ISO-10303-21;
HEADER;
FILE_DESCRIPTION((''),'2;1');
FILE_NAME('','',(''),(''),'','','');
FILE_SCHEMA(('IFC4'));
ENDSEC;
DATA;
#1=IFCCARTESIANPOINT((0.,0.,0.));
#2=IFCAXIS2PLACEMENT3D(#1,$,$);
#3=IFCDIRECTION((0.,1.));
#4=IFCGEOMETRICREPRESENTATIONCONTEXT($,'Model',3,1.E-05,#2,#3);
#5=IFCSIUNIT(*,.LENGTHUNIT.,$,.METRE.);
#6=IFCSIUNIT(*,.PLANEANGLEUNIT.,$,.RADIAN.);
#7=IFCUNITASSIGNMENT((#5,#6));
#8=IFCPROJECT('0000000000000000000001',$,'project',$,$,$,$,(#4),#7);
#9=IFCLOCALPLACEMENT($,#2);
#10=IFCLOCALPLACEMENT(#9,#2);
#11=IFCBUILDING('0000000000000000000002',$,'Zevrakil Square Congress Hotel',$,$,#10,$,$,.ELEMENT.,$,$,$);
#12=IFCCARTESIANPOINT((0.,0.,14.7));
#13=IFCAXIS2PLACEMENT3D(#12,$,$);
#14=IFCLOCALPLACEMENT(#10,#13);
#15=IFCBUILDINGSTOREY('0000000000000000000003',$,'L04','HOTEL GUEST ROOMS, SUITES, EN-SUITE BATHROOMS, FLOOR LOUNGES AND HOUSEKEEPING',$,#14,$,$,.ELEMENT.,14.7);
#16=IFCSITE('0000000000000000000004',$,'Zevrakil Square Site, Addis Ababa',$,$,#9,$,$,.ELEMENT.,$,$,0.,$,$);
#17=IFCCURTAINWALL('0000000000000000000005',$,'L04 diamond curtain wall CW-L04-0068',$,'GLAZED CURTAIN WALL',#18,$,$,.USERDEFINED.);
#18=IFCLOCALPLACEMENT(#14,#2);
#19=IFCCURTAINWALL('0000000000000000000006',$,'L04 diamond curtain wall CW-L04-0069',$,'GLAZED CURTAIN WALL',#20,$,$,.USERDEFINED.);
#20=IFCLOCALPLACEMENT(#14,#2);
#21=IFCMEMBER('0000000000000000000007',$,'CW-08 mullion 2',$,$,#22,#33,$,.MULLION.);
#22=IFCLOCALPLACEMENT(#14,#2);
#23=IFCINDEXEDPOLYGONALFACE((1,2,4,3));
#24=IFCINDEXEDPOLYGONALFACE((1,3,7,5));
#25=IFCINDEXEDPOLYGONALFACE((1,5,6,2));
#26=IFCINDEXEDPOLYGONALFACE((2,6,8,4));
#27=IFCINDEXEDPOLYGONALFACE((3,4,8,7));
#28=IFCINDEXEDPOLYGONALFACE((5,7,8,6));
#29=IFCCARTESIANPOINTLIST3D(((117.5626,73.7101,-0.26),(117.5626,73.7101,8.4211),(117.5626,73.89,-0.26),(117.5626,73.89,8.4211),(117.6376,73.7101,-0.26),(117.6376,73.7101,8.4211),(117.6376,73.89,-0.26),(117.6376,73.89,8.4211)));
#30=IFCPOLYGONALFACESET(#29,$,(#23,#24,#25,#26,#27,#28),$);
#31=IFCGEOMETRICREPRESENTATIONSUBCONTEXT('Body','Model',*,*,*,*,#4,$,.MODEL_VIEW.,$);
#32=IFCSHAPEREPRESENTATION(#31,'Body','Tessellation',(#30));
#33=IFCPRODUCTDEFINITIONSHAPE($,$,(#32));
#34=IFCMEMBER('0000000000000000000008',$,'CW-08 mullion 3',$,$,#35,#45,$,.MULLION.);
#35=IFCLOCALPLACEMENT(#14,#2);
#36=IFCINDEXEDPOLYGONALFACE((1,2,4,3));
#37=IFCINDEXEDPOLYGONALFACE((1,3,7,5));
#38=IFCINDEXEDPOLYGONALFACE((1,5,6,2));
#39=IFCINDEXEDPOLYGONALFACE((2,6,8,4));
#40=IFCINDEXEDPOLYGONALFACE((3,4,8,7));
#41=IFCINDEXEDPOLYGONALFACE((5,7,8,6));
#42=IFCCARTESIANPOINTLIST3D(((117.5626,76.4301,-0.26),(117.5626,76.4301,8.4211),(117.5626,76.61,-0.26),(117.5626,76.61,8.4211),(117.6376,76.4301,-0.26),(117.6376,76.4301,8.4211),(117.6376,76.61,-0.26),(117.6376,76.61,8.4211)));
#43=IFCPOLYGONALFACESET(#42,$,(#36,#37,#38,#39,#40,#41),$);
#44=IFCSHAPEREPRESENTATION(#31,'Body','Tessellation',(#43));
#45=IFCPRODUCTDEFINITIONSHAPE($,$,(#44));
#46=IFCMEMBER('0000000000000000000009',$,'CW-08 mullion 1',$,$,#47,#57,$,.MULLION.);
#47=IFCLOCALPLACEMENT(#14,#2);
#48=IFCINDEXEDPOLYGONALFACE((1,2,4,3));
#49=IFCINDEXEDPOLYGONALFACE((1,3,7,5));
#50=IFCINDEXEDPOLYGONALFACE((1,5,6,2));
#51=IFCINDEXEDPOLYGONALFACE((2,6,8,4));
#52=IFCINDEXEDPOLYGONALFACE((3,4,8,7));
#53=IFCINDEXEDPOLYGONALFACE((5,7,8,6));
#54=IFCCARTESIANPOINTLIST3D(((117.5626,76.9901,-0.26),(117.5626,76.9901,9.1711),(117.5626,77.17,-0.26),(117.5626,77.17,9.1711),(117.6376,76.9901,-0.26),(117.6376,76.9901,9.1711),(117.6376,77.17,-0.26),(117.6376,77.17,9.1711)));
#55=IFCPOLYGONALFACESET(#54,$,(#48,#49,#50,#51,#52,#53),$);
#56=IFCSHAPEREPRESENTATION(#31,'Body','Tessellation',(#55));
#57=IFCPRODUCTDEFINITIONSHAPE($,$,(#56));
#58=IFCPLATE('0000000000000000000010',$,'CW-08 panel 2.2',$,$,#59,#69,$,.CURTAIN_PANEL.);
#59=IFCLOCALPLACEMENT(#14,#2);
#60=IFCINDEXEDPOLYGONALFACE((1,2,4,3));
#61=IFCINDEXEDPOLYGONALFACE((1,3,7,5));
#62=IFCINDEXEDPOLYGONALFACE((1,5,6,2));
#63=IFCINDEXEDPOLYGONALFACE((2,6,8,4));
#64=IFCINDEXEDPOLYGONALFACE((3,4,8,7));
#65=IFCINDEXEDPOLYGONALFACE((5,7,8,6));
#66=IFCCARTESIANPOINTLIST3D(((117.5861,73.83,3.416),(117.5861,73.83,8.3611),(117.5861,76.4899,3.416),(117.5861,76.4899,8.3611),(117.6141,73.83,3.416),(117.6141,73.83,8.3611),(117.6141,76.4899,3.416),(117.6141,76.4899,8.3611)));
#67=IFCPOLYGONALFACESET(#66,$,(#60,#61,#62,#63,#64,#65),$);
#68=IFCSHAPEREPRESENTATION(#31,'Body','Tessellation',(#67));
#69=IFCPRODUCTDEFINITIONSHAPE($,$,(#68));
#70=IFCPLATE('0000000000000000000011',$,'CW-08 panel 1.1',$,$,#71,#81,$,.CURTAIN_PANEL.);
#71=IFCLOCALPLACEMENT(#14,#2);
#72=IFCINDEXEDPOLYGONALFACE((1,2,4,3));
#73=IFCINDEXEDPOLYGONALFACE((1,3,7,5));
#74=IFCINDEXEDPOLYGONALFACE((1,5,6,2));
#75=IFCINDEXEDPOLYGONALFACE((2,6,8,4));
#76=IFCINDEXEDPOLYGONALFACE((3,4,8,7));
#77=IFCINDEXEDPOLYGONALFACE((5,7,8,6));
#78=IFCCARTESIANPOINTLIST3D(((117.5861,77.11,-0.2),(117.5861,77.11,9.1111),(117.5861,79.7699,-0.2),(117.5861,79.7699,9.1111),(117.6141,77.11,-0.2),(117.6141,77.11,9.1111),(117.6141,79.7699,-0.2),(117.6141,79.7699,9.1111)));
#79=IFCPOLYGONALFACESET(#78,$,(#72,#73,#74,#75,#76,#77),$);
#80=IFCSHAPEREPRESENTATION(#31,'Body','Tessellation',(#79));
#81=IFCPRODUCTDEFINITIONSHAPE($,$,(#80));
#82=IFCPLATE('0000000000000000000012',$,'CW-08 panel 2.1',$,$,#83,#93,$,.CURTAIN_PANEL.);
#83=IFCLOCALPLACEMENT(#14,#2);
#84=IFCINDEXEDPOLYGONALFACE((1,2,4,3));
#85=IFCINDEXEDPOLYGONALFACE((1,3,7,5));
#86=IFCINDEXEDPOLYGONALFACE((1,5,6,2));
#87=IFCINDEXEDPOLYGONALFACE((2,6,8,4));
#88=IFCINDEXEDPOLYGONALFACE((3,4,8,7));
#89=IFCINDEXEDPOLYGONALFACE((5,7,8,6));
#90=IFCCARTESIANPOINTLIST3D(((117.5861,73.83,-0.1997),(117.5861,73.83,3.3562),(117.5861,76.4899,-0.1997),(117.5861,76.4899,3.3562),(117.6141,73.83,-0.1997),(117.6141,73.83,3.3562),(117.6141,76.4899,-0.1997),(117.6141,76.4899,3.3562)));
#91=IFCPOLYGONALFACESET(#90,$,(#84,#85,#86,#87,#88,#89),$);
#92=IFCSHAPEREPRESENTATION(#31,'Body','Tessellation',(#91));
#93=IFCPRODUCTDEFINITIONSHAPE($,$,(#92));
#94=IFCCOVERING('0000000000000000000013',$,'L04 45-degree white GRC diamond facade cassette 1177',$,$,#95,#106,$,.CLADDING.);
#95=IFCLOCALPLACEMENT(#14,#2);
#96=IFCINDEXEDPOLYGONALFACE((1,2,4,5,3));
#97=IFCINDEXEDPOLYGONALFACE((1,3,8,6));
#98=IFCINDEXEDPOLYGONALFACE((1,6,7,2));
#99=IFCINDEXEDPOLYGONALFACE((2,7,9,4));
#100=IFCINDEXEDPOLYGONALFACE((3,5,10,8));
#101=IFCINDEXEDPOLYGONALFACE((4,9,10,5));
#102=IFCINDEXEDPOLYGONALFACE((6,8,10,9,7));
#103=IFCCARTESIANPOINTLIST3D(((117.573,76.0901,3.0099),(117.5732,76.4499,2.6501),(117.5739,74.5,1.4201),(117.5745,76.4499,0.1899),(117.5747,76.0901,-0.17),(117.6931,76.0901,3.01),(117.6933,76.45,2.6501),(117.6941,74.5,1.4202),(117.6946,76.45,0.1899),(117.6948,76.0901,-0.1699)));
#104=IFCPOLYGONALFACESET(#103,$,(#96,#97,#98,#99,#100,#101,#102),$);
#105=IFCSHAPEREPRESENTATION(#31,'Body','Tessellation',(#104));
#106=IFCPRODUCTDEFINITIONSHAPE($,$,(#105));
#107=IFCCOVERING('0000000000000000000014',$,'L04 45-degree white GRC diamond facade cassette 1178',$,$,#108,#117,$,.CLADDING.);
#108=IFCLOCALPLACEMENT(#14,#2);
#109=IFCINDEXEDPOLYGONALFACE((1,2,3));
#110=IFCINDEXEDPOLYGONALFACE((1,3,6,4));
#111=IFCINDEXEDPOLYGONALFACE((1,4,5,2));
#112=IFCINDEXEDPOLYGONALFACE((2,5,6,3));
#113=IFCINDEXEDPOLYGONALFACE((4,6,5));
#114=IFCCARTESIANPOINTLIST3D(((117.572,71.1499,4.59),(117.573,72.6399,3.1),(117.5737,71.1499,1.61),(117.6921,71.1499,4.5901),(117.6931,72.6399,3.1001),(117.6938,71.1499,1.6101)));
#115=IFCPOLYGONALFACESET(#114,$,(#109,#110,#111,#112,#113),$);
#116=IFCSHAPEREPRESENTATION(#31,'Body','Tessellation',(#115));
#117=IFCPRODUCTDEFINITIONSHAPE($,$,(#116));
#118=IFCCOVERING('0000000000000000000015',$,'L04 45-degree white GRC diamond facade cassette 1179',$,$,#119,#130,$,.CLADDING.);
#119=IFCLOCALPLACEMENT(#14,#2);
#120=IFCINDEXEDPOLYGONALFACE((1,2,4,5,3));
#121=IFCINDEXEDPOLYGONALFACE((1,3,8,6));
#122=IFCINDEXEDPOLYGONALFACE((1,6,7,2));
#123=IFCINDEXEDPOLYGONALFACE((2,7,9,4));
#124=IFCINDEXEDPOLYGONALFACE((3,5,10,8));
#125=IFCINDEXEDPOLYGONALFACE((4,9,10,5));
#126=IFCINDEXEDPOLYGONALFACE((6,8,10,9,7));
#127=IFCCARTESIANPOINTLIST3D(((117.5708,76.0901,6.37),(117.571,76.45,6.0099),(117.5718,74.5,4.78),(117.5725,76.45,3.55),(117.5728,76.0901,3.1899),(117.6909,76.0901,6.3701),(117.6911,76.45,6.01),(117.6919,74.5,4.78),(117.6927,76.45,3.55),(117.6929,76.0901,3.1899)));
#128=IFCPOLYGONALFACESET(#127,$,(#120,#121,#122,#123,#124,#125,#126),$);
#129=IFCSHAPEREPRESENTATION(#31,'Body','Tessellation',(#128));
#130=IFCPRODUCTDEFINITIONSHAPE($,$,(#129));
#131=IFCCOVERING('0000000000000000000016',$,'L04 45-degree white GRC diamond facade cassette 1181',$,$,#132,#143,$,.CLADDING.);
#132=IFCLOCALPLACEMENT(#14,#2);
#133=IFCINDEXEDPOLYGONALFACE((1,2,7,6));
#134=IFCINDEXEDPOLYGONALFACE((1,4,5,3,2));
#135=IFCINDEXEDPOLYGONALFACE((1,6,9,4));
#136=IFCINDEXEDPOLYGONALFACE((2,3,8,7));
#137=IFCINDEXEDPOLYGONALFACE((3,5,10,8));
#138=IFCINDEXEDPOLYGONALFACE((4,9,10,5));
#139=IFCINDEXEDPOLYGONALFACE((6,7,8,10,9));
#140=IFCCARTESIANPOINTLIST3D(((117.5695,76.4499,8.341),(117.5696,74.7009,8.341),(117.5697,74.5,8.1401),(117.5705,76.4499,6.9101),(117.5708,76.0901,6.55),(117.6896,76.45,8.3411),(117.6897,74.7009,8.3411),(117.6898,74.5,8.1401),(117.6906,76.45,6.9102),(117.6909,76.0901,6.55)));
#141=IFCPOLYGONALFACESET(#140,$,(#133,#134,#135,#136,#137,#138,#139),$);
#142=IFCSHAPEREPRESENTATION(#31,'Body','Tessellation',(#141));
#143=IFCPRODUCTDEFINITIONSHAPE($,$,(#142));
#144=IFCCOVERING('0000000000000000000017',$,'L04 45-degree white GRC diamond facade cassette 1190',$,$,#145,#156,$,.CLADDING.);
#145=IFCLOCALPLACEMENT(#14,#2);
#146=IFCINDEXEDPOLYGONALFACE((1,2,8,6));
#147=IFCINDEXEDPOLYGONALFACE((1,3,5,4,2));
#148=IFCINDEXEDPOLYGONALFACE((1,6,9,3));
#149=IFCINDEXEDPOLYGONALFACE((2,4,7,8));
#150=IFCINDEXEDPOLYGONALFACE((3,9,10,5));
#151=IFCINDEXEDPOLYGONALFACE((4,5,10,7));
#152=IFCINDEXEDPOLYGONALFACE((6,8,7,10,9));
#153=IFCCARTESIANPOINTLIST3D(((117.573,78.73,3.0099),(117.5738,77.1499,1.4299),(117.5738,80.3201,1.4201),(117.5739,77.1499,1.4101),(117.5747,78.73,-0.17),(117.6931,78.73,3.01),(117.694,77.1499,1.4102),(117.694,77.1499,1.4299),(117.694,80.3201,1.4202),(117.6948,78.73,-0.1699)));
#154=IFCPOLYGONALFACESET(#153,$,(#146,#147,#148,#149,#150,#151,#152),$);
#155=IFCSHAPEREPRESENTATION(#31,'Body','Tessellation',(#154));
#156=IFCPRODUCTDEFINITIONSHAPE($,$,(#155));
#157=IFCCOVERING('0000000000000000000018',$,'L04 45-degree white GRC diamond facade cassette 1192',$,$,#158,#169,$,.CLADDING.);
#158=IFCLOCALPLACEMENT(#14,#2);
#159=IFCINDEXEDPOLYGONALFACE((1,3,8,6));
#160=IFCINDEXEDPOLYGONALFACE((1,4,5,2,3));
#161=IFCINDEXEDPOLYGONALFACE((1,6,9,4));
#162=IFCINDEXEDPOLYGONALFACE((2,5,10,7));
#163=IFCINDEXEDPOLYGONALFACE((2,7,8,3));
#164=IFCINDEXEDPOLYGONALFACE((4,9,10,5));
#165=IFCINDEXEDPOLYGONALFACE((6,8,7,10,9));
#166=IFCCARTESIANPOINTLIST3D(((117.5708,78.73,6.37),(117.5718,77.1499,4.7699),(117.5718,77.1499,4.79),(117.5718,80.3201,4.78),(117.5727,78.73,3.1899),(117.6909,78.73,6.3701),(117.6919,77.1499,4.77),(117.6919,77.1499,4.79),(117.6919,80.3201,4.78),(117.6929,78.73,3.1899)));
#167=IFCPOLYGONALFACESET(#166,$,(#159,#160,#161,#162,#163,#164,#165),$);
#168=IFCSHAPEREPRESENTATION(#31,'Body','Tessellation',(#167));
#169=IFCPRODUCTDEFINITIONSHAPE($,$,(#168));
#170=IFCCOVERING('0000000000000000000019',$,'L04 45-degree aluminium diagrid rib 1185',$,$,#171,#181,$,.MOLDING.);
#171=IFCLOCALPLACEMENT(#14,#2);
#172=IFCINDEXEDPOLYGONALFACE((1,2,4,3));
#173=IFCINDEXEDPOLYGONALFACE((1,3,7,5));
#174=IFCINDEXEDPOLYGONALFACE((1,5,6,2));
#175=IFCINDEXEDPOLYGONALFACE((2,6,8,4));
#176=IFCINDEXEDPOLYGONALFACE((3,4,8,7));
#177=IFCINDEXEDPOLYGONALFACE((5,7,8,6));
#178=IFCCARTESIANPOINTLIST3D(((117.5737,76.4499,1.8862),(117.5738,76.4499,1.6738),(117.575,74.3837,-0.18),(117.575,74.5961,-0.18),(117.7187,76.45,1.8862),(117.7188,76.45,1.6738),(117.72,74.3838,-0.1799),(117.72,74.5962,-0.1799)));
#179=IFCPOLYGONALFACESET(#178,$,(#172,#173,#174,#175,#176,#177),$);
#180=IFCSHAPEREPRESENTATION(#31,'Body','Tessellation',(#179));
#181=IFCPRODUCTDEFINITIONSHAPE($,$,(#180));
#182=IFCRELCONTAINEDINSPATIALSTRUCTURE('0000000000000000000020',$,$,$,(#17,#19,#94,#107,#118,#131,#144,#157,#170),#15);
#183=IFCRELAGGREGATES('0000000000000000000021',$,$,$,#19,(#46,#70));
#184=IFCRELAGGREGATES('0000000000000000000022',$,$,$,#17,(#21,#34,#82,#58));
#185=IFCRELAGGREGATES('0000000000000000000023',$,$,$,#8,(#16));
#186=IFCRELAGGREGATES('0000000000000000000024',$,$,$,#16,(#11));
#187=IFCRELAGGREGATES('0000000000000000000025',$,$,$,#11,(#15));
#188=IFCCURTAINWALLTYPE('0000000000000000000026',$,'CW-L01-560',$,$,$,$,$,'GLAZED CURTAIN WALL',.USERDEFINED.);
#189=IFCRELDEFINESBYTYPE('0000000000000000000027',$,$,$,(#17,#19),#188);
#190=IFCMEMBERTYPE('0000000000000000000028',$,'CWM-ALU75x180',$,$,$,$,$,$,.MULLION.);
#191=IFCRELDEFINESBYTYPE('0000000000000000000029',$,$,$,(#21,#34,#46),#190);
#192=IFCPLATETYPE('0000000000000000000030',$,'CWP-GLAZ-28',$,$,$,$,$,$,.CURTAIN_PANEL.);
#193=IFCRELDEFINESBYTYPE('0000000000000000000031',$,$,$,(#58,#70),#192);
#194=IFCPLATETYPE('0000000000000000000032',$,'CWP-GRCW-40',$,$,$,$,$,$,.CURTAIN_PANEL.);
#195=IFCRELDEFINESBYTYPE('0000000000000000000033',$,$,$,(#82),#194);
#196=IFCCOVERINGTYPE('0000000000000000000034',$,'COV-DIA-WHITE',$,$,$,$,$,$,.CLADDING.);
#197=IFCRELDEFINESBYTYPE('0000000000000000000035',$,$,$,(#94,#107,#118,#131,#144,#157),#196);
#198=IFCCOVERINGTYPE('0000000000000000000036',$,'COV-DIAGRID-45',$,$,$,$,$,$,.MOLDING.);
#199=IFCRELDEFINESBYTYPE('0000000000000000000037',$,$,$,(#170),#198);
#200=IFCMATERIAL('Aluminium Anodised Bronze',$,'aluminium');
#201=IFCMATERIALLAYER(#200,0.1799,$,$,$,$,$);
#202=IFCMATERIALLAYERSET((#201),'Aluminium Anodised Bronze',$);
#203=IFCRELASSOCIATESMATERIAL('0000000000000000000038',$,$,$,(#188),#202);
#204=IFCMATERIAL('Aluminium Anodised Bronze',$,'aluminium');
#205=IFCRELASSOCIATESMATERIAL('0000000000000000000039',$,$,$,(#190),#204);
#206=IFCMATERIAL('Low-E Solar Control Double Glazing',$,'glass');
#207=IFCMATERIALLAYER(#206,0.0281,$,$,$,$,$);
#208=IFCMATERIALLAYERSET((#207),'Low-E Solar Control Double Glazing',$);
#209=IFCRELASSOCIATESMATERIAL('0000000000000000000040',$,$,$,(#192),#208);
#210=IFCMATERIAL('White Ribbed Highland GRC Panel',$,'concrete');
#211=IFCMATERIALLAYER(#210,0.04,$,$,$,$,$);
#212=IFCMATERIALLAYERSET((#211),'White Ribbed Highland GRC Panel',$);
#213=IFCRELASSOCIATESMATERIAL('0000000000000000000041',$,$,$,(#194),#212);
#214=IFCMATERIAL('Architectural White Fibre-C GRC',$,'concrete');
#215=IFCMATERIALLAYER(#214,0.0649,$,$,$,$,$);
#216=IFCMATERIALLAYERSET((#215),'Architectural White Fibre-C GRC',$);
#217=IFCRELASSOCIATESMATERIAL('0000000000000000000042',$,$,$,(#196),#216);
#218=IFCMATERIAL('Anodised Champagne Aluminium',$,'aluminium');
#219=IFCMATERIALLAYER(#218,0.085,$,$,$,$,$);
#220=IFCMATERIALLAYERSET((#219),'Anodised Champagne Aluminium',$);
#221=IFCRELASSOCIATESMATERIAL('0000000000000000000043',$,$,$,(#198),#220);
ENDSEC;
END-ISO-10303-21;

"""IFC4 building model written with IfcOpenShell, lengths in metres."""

from ifc_helpers import new_model, si_unit, direction, frame, origin, origin_2d, place, context, subcontext, project, spatial, polyline, rectangle, outline, extrude, material, layer, layer_set, material_profile, profile_set, type_object, element, aggregate, save


model = new_model("IFC4")

# Units and contexts
model_context = context("Model", 3, precision=1e-05, world=origin(), true_north=direction((0.0, 1.0)))
body_context = subcontext(model_context, "Body", "Model", "MODEL_VIEW")
ifc_project = project(units=[si_unit("LENGTHUNIT", "METRE"), si_unit("PLANEANGLEUNIT", "RADIAN")], contexts=[model_context])

# Site, building, storey
site_placement = place(None, origin())
site = spatial("IfcSite", under=ifc_project, at=site_placement, Name="Zevrakil Square Site, Addis Ababa", CompositionType="ELEMENT", RefElevation=0.0)
building_placement = place(site_placement, origin())
building = spatial("IfcBuilding", under=site, at=building_placement, Name="Zevrakil Square Congress Hotel", CompositionType="ELEMENT")
storey_placement = place(building_placement, frame((0.0, 0.0, 14.7)))
storey = spatial("IfcBuildingStorey", under=building, at=storey_placement, Name="L04", Description="HOTEL GUEST ROOMS, SUITES, EN-SUITE BATHROOMS, FLOOR LOUNGES AND HOUSEKEEPING", CompositionType="ELEMENT", Elevation=14.7)

# Curtain walls
ifc_material_1 = material(Name="Aluminium Anodised Bronze", Category="aluminium")
ifc_layer_1 = layer(ifc_material_1, 0.1799)
ifc_layer_set_1 = layer_set([ifc_layer_1], Name="Aluminium Anodised Bronze")
curtain_wall_type = type_object("IfcCurtainWallType", Name="CW-L01-560", ElementType="GLAZED CURTAIN WALL", PredefinedType="USERDEFINED", material=ifc_layer_set_1)
curtain_wall_1_placement = place(storey_placement, origin())
curtain_wall_1 = element("IfcCurtainWall", 1, at=curtain_wall_1_placement, inside=storey, type_object=curtain_wall_type, Name="L04 diamond curtain wall CW-L04-0068", ObjectType="GLAZED CURTAIN WALL", PredefinedType="USERDEFINED")
curtain_wall_2_placement = place(storey_placement, origin())
curtain_wall_2 = element("IfcCurtainWall", 2, at=curtain_wall_2_placement, inside=storey, type_object=curtain_wall_type, Name="L04 diamond curtain wall CW-L04-0069", ObjectType="GLAZED CURTAIN WALL", PredefinedType="USERDEFINED")

# Members
ifc_material_2 = material(Name="Aluminium Anodised Bronze", Category="aluminium")
ifc_material_profile_1 = material_profile(ifc_material_2, rectangle(XDim=0.075, YDim=0.1799, at=origin_2d()), Name="ALU 75x180")
ifc_profile_set_1 = profile_set([ifc_material_profile_1], Name="Aluminium Anodised Bronze")
member_type_1 = type_object("IfcMemberType", Name="CWM-ALU75x180", PredefinedType="MULLION", material=ifc_profile_set_1)
member_1_placement = place(storey_placement, frame((117.6001, 73.8, -0.26), z_axis=(0.0, 0.0, 1.0), x_axis=(-1.0, 0.0, 0.0)))
member_1 = element("IfcMember", 3, at=member_1_placement, type_object=member_type_1, Name="CW-08 mullion 2", PredefinedType="MULLION", context=body_context, shape_type="SweptSolid", body=[
    extrude(rectangle(XDim=0.075, YDim=0.1799, at=origin_2d()), origin(), (0.0, 0.0, 1.0), 8.6812),
])
member_2_placement = place(storey_placement, frame((117.6001, 76.52, -0.26), z_axis=(0.0, 0.0, 1.0), x_axis=(-1.0, 0.0, 0.0)))
member_2 = element("IfcMember", 4, at=member_2_placement, type_object=member_type_1, Name="CW-08 mullion 3", PredefinedType="MULLION", context=body_context, shape_type="SweptSolid", body=[
    extrude(rectangle(XDim=0.075, YDim=0.1799, at=origin_2d()), origin(), (0.0, 0.0, 1.0), 8.6812),
])
member_3_placement = place(storey_placement, frame((117.6001, 77.0801, -0.26), z_axis=(0.0, 0.0, 1.0), x_axis=(-1.0, 0.0, 0.0)))
member_3 = element("IfcMember", 5, at=member_3_placement, type_object=member_type_1, Name="CW-08 mullion 1", PredefinedType="MULLION", context=body_context, shape_type="SweptSolid", body=[
    extrude(rectangle(XDim=0.075, YDim=0.1799, at=origin_2d()), origin(), (0.0, 0.0, 1.0), 9.4312),
])

# Plates
ifc_material_3 = material(Name="Low-E Solar Control Double Glazing", Category="glass")
ifc_layer_2 = layer(ifc_material_3, 0.0281)
ifc_layer_set_2 = layer_set([ifc_layer_2], Name="Low-E Solar Control Double Glazing")
plate_type_1 = type_object("IfcPlateType", Name="CWP-GLAZ-28", PredefinedType="CURTAIN_PANEL", material=ifc_layer_set_2)
plate_1_placement = place(storey_placement, frame((117.6001, 75.1599, 3.416), z_axis=(0.0, 0.0, 1.0), x_axis=(0.0, 1.0, 0.0)))
plate_1 = element("IfcPlate", 6, at=plate_1_placement, type_object=plate_type_1, Name="CW-08 panel 2.2", PredefinedType="CURTAIN_PANEL", context=body_context, shape_type="SweptSolid", body=[
    extrude(rectangle(XDim=2.6599, YDim=0.0281, at=origin_2d()), origin(), (0.0, 0.0, 1.0), 4.9451),
])
plate_2_placement = place(storey_placement, frame((117.6001, 78.4399, -0.2), z_axis=(0.0, 0.0, 1.0), x_axis=(0.0, 1.0, 0.0)))
plate_2 = element("IfcPlate", 7, at=plate_2_placement, type_object=plate_type_1, Name="CW-08 panel 1.1", PredefinedType="CURTAIN_PANEL", context=body_context, shape_type="SweptSolid", body=[
    extrude(rectangle(XDim=2.6599, YDim=0.0281, at=origin_2d()), origin(), (0.0, 0.0, 1.0), 9.311),
])
aggregate(curtain_wall_2, [member_3, plate_2])
ifc_material_4 = material(Name="White Ribbed Highland GRC Panel", Category="concrete")
ifc_layer_3 = layer(ifc_material_4, 0.04)
ifc_layer_set_3 = layer_set([ifc_layer_3], Name="White Ribbed Highland GRC Panel")
plate_type_2 = type_object("IfcPlateType", Name="CWP-GRCW-40", PredefinedType="CURTAIN_PANEL", material=ifc_layer_set_3)
plate_3_placement = place(storey_placement, frame((117.6001, 75.1599, -0.1997), z_axis=(0.0, 0.0, 1.0), x_axis=(0.0, 1.0, 0.0)))
plate_3 = element("IfcPlate", 8, at=plate_3_placement, type_object=plate_type_2, Name="CW-08 panel 2.1", PredefinedType="CURTAIN_PANEL", context=body_context, shape_type="SweptSolid", body=[
    extrude(rectangle(XDim=2.6599, YDim=0.0281, at=origin_2d()), origin(), (0.0, 0.0, 1.0), 3.5559),
])
aggregate(curtain_wall_1, [member_1, member_2, plate_3, plate_1])

# Coverings
ifc_material_5 = material(Name="Architectural White Fibre-C GRC", Category="concrete")
ifc_layer_4 = layer(ifc_material_5, 0.0649)
ifc_layer_set_4 = layer_set([ifc_layer_4], Name="Architectural White Fibre-C GRC")
covering_type_1 = type_object("IfcCoveringType", Name="COV-DIA-WHITE", PredefinedType="CLADDING", material=ifc_layer_set_4)
covering_1_placement = place(storey_placement, frame((117.6948, 76.0901, -0.1699), z_axis=(1.0, 0.000055, 0.000532), x_axis=(-0.000338, -0.707107, 0.707107)))
element("IfcCovering", 9, at=covering_1_placement, inside=storey, type_object=covering_type_1, Name="L04 45-degree white GRC diamond facade cassette 1177", PredefinedType="CLADDING", context=body_context, shape_type="SweptSolid", body=[
    extrude(outline(polyline([(0.0, 0.0), (2.2487, 0.0), (2.2486, -2.2486), (1.7396, -2.2486), (0.0, -0.5089), (0.0, 0.0)])), origin(), (0.0, 0.0, -1.0), 0.1201),
])
covering_2_placement = place(storey_placement, frame((117.6931, 72.6399, 3.1001), z_axis=(1.0, -0.000082, 0.000573), x_axis=(0.000348, -0.707107, -0.707107)))
element("IfcCovering", 10, at=covering_2_placement, inside=storey, type_object=covering_type_1, Name="L04 45-degree white GRC diamond facade cassette 1178", PredefinedType="CLADDING", context=body_context, shape_type="SweptSolid", body=[
    extrude(outline(polyline([(0.0, 0.0), (2.1072, 0.0), (0.0, -2.1072), (0.0, 0.0)])), origin(), (0.0, 0.0, -1.0), 0.1201),
])
covering_3_placement = place(storey_placement, frame((117.6929, 76.0901, 3.1899), z_axis=(1.0, 0.0, 0.000612), x_axis=(-0.000433, -0.707107, 0.707107)))
element("IfcCovering", 11, at=covering_3_placement, inside=storey, type_object=covering_type_1, Name="L04 45-degree white GRC diamond facade cassette 1179", PredefinedType="CLADDING", context=body_context, shape_type="SweptSolid", body=[
    extrude(outline(polyline([(0.0, 0.0), (2.2487, 0.0), (2.2487, -2.2487), (1.7396, -2.2486), (0.0002, -0.5091), (0.0, 0.0)])), origin(), (0.0, 0.0, -1.0), 0.1201),
])
covering_4_placement = place(storey_placement, frame((117.6909, 76.0901, 6.55), z_axis=(1.0, 0.000044, 0.000716), x_axis=(-0.000475, -0.707107, 0.707107)))
element("IfcCovering", 12, at=covering_4_placement, inside=storey, type_object=covering_type_1, Name="L04 45-degree white GRC diamond facade cassette 1181", PredefinedType="CLADDING", context=body_context, shape_type="SweptSolid", body=[
    extrude(outline(polyline([(0.0, 0.0), (2.2487, 0.0), (2.2487, -0.2842), (1.012, -1.5209), (0.0002, -0.5091), (0.0, 0.0)])), origin(), (0.0, 0.0, -1.0), 0.1201),
])
covering_5_placement = place(storey_placement, frame((117.6931, 78.73, 3.01), z_axis=(1.0, 0.0, 0.000536), x_axis=(0.000379, 0.707161, -0.707052)))
element("IfcCovering", 13, at=covering_5_placement, inside=storey, type_object=covering_type_1, Name="L04 45-degree white GRC diamond facade cassette 1190", PredefinedType="CLADDING", context=body_context, shape_type="SweptSolid", body=[
    extrude(outline(polyline([(0.0, 0.0), (2.2486, 0.0), (2.2484, -2.2487), (0.0138, -2.2486), (-0.0002, -2.2346), (0.0, 0.0)])), origin(), (0.0, 0.0, -1.0), 0.1201),
])
covering_6_placement = place(storey_placement, frame((117.6909, 78.73, 6.3701), z_axis=(1.0, 0.0, 0.000612), x_axis=(0.000433, 0.707107, -0.707107)))
element("IfcCovering", 14, at=covering_6_placement, inside=storey, type_object=covering_type_1, Name="L04 45-degree white GRC diamond facade cassette 1192", PredefinedType="CLADDING", context=body_context, shape_type="SweptSolid", body=[
    extrude(outline(polyline([(0.0, 0.0), (2.2487, 0.0), (2.2487, -2.2487), (0.0142, -2.2487), (0.0, -2.2346), (0.0, 0.0)])), origin(), (0.0, 0.0, -1.0), 0.1201),
])
ifc_material_6 = material(Name="Anodised Champagne Aluminium", Category="aluminium")
ifc_layer_5 = layer(ifc_material_6, 0.085)
ifc_layer_set_5 = layer_set([ifc_layer_5], Name="Anodised Champagne Aluminium")
covering_type_2 = type_object("IfcCoveringType", Name="COV-DIAGRID-45", PredefinedType="MOLDING", material=ifc_layer_set_5)
covering_7_placement = place(storey_placement, frame((117.72, 74.5962, -0.1799), z_axis=(1.0, 0.000311, 0.000311), x_axis=(0.000311, -1.0, 0.0)))
element("IfcCovering", 15, at=covering_7_placement, inside=storey, type_object=covering_type_2, Name="L04 45-degree aluminium diagrid rib 1185", PredefinedType="MOLDING", context=body_context, shape_type="SweptSolid", body=[
    extrude(outline(polyline([(0.0, 0.0), (0.2124, 0.0), (-1.8538, -2.0662), (-1.8538, -1.8538), (0.0, 0.0)])), origin(), (0.0, 0.0, -1.0), 0.145),
])

save(model, "model.ifc")
